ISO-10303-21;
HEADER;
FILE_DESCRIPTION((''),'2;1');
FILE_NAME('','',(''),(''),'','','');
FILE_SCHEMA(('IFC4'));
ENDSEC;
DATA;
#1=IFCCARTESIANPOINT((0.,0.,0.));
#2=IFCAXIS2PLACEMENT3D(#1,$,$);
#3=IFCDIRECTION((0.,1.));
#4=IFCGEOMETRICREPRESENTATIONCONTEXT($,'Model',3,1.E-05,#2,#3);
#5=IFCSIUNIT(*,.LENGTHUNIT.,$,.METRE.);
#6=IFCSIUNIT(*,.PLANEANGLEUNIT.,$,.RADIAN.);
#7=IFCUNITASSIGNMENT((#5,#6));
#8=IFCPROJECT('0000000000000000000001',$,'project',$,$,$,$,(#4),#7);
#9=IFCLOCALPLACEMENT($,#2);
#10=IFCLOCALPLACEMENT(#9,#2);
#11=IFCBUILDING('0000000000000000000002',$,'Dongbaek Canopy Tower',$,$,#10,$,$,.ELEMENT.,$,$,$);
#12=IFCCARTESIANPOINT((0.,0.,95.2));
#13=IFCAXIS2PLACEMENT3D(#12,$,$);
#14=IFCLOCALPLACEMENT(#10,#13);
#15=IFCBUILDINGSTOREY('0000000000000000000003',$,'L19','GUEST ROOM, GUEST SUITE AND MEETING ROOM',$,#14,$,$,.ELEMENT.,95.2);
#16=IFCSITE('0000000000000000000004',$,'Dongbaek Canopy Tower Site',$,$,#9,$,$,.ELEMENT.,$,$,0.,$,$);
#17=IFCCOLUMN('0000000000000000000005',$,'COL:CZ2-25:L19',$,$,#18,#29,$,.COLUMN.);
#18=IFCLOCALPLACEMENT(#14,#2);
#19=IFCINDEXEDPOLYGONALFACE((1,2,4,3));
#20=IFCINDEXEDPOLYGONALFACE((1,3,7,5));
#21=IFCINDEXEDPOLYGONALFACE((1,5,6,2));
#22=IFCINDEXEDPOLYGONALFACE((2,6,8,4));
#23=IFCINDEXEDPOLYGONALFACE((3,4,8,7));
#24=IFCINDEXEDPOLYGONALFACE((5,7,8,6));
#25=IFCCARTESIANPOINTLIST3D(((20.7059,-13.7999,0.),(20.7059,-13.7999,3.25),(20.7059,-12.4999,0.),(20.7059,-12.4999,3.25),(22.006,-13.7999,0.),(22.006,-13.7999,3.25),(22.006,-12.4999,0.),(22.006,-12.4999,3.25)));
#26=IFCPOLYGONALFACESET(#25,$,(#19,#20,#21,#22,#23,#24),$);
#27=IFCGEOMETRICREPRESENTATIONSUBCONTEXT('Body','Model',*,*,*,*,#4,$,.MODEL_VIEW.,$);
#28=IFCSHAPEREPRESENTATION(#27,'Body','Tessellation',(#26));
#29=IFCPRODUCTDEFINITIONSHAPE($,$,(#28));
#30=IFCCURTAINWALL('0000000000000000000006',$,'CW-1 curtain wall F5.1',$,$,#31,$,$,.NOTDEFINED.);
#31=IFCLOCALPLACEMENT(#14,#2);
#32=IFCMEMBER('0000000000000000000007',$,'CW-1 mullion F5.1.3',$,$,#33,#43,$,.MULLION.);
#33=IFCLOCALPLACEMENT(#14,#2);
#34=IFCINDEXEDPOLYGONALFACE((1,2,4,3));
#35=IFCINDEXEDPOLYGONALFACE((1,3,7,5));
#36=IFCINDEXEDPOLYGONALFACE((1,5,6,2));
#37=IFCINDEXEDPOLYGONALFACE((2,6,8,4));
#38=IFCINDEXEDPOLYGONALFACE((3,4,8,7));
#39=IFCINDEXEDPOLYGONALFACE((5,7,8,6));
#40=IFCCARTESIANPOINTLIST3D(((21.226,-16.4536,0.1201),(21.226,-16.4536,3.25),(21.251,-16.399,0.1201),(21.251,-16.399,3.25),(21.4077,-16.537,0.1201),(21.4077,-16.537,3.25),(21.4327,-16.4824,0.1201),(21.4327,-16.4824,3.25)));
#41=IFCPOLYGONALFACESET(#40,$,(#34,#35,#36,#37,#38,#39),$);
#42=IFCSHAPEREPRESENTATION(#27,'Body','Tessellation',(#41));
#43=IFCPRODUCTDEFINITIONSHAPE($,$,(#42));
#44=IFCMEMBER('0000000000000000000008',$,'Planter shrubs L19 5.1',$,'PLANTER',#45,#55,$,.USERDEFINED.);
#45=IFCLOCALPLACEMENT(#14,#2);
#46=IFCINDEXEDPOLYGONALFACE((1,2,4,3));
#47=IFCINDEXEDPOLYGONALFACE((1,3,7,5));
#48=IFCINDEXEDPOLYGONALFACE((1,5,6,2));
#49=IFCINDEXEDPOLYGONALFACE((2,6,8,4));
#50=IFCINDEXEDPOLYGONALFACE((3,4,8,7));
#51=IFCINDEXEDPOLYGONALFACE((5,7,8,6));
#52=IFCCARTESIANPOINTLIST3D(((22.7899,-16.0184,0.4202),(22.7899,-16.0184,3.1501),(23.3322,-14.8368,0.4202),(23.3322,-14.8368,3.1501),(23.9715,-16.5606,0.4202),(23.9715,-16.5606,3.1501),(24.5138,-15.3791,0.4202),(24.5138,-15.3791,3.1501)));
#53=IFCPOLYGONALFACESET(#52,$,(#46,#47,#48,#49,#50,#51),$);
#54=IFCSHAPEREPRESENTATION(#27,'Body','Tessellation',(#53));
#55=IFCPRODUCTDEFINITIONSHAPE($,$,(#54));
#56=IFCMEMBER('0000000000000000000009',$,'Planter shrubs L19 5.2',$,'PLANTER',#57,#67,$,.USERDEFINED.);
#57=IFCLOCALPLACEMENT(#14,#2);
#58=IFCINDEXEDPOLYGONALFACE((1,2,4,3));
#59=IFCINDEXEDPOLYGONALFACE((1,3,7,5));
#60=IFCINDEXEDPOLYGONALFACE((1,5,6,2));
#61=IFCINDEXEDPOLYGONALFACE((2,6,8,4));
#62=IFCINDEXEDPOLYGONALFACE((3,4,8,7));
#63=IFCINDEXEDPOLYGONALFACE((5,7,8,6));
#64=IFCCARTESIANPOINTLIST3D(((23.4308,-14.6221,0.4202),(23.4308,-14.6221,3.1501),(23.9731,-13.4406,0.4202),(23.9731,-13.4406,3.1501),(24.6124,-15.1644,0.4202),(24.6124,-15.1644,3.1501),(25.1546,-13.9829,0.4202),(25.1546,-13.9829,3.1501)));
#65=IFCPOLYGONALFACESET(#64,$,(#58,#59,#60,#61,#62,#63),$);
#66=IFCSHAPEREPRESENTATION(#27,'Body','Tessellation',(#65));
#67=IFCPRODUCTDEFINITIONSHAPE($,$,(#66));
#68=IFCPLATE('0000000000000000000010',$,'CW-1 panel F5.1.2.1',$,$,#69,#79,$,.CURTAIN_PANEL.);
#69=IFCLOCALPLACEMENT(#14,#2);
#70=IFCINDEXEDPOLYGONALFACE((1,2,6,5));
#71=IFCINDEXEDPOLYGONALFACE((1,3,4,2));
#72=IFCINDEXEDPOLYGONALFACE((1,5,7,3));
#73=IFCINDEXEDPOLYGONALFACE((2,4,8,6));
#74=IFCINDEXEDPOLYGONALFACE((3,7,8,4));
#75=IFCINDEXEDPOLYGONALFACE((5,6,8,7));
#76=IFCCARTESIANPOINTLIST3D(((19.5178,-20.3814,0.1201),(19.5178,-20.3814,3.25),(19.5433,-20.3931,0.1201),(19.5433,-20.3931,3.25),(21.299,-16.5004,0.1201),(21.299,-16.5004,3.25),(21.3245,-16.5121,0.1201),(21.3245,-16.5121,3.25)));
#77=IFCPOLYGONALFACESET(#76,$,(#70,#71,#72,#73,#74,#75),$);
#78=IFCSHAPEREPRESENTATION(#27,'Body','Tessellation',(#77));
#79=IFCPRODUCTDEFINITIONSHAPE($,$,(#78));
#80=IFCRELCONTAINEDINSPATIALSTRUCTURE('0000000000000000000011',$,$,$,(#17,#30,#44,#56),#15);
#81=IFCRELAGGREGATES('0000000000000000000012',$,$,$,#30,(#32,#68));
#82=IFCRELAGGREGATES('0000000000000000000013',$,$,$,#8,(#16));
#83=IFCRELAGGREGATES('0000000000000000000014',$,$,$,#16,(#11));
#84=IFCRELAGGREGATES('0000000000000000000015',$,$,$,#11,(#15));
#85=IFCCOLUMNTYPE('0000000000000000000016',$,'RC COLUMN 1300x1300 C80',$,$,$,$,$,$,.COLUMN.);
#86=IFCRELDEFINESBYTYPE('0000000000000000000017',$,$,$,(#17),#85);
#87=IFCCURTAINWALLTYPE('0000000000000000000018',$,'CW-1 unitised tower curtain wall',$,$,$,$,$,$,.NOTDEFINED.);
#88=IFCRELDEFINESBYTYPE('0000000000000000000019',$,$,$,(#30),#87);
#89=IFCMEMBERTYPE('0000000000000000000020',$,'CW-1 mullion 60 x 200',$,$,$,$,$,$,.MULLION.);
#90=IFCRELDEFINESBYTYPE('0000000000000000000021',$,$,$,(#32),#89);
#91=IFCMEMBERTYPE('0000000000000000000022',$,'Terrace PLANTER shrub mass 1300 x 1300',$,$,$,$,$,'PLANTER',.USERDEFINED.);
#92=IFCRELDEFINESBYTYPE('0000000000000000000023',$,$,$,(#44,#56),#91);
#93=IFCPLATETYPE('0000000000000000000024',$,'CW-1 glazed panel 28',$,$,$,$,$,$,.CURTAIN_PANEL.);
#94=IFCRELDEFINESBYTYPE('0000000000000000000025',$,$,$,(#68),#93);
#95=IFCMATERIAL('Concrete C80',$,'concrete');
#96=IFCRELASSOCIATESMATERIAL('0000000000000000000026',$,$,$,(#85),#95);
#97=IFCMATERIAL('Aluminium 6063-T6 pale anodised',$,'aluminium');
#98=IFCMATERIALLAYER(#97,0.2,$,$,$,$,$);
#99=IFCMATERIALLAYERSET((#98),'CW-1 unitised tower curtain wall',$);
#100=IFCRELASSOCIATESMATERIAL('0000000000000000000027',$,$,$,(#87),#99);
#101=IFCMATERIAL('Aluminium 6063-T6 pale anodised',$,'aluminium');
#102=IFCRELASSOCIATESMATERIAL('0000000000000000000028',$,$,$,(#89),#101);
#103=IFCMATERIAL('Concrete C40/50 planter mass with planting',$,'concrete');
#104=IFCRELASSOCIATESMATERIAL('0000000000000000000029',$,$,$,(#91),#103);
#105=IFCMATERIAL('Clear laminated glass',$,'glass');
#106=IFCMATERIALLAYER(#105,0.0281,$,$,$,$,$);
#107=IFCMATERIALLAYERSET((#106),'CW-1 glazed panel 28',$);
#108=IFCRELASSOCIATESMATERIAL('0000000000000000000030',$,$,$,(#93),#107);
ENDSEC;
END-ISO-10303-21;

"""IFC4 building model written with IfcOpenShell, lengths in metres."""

from ifc_helpers import new_model, si_unit, direction, frame, origin, origin_2d, place, context, subcontext, project, spatial, rectangle, extrude, material, layer, layer_set, material_profile, profile_set, type_object, element, aggregate, save


model = new_model("IFC4")

# Units and contexts
model_context = context("Model", 3, precision=1e-05, world=origin(), true_north=direction((0.0, 1.0)))
body_context = subcontext(model_context, "Body", "Model", "MODEL_VIEW")
ifc_project = project(units=[si_unit("LENGTHUNIT", "METRE"), si_unit("PLANEANGLEUNIT", "RADIAN")], contexts=[model_context])

# Site, building, storey
site_placement = place(None, origin())
site = spatial("IfcSite", under=ifc_project, at=site_placement, Name="Dongbaek Canopy Tower Site", CompositionType="ELEMENT", RefElevation=0.0)
building_placement = place(site_placement, origin())
building = spatial("IfcBuilding", under=site, at=building_placement, Name="Dongbaek Canopy Tower", CompositionType="ELEMENT")
storey_placement = place(building_placement, frame((0.0, 0.0, 95.2)))
storey = spatial("IfcBuildingStorey", under=building, at=storey_placement, Name="L19", Description="GUEST ROOM, GUEST SUITE AND MEETING ROOM", CompositionType="ELEMENT", Elevation=95.2)

# Column
ifc_material_1 = material(Name="Concrete C80", Category="concrete")
ifc_material_profile_1 = material_profile(ifc_material_1, rectangle(XDim=1.3, YDim=1.3, at=origin_2d()), Name="RC COLUMN 1300x1300 C80")
ifc_profile_set_1 = profile_set([ifc_material_profile_1], Name="Concrete C80")
column_type = type_object("IfcColumnType", Name="RC COLUMN 1300x1300 C80", PredefinedType="COLUMN", material=ifc_profile_set_1)
column_placement = place(storey_placement, frame((21.356, -13.1499, 0.0), z_axis=(0.0, 0.0, 1.0), x_axis=(1.0, 0.0, 0.0)))
element("IfcColumn", 1, at=column_placement, inside=storey, type_object=column_type, Name="COL:CZ2-25:L19", PredefinedType="COLUMN", context=body_context, shape_type="SweptSolid", body=[
    extrude(rectangle(XDim=1.3, YDim=1.3, at=origin_2d()), origin(), (0.0, 0.0, 1.0), 3.25),
])

# Curtain wall, member
ifc_material_2 = material(Name="Aluminium 6063-T6 pale anodised", Category="aluminium")
ifc_layer_1 = layer(ifc_material_2, 0.2)
ifc_layer_set_1 = layer_set([ifc_layer_1], Name="CW-1 unitised tower curtain wall")
curtain_wall_type = type_object("IfcCurtainWallType", Name="CW-1 unitised tower curtain wall", PredefinedType="NOTDEFINED", material=ifc_layer_set_1)
curtain_wall_placement = place(storey_placement, origin())
curtain_wall = element("IfcCurtainWall", 2, at=curtain_wall_placement, inside=storey, type_object=curtain_wall_type, Name="CW-1 curtain wall F5.1", PredefinedType="NOTDEFINED")
ifc_material_3 = material(Name="Aluminium 6063-T6 pale anodised", Category="aluminium")
ifc_material_profile_2 = material_profile(ifc_material_3, rectangle(XDim=0.2, YDim=0.0601, at=origin_2d()), Name="CW-1 mullion 60 x 200")
ifc_profile_set_2 = profile_set([ifc_material_profile_2], Name="Aluminium 6063-T6 pale anodised")
member_type_1 = type_object("IfcMemberType", Name="CW-1 mullion 60 x 200", PredefinedType="MULLION", material=ifc_profile_set_2)
member_placement = place(storey_placement, frame((21.3293, -16.468, 0.1201), z_axis=(0.0, 0.0, 1.0), x_axis=(0.908849, -0.417126, 0.0)))
member = element("IfcMember", 3, at=member_placement, type_object=member_type_1, Name="CW-1 mullion F5.1.3", PredefinedType="MULLION", context=body_context, shape_type="SweptSolid", body=[
    extrude(rectangle(XDim=0.2, YDim=0.0601, at=origin_2d()), origin(), (0.0, 0.0, 1.0), 3.1299),
])

# Members
ifc_material_4 = material(Name="Concrete C40/50 planter mass with planting", Category="concrete")
ifc_material_profile_3 = material_profile(ifc_material_4, rectangle(XDim=1.3, YDim=1.3, at=origin_2d()), Name="Terrace PLANTER shrub mass 1300 x 1300")
ifc_profile_set_3 = profile_set([ifc_material_profile_3], Name="Concrete C40/50 planter mass with planting")
member_type_2 = type_object("IfcMemberType", Name="Terrace PLANTER shrub mass 1300 x 1300", ElementType="PLANTER", PredefinedType="USERDEFINED", material=ifc_profile_set_3)
for number, where, z_axis, x_axis, name in (
    (4, (23.6519, -15.6987, 0.4202), (0.0, 0.0, 1.0), (0.908849, -0.417126, 0.0), "Planter shrubs L19 5.1"),
    (5, (24.2927, -14.3025, 0.4202), (0.0, 0.0, 1.0), (0.908849, -0.417126, 0.0), "Planter shrubs L19 5.2"),
):
    element("IfcMember", number, at=place(storey_placement, frame(where, z_axis=z_axis, x_axis=x_axis)), inside=storey, type_object=member_type_2, Name=name, ObjectType="PLANTER", PredefinedType="USERDEFINED", context=body_context, shape_type="SweptSolid", body=[
        extrude(rectangle(XDim=1.3, YDim=1.3, at=origin_2d()), origin(), (0.0, 0.0, 1.0), 2.73),
    ])

# Plate
ifc_material_5 = material(Name="Clear laminated glass", Category="glass")
ifc_layer_2 = layer(ifc_material_5, 0.0281)
ifc_layer_set_2 = layer_set([ifc_layer_2], Name="CW-1 glazed panel 28")
plate_type = type_object("IfcPlateType", Name="CW-1 glazed panel 28", PredefinedType="CURTAIN_PANEL", material=ifc_layer_set_2)
plate_placement = place(storey_placement, frame((20.4211, -18.4468, 0.1201), z_axis=(0.0, 0.0, 1.0), x_axis=(0.417126, 0.908849, 0.0)))
plate = element("IfcPlate", 6, at=plate_placement, type_object=plate_type, Name="CW-1 panel F5.1.2.1", PredefinedType="CURTAIN_PANEL", context=body_context, shape_type="SweptSolid", body=[
    extrude(rectangle(XDim=4.2703, YDim=0.0281, at=origin_2d()), origin(), (0.0, 0.0, 1.0), 3.1299),
])
aggregate(curtain_wall, [member, plate])

save(model, "model.ifc")
